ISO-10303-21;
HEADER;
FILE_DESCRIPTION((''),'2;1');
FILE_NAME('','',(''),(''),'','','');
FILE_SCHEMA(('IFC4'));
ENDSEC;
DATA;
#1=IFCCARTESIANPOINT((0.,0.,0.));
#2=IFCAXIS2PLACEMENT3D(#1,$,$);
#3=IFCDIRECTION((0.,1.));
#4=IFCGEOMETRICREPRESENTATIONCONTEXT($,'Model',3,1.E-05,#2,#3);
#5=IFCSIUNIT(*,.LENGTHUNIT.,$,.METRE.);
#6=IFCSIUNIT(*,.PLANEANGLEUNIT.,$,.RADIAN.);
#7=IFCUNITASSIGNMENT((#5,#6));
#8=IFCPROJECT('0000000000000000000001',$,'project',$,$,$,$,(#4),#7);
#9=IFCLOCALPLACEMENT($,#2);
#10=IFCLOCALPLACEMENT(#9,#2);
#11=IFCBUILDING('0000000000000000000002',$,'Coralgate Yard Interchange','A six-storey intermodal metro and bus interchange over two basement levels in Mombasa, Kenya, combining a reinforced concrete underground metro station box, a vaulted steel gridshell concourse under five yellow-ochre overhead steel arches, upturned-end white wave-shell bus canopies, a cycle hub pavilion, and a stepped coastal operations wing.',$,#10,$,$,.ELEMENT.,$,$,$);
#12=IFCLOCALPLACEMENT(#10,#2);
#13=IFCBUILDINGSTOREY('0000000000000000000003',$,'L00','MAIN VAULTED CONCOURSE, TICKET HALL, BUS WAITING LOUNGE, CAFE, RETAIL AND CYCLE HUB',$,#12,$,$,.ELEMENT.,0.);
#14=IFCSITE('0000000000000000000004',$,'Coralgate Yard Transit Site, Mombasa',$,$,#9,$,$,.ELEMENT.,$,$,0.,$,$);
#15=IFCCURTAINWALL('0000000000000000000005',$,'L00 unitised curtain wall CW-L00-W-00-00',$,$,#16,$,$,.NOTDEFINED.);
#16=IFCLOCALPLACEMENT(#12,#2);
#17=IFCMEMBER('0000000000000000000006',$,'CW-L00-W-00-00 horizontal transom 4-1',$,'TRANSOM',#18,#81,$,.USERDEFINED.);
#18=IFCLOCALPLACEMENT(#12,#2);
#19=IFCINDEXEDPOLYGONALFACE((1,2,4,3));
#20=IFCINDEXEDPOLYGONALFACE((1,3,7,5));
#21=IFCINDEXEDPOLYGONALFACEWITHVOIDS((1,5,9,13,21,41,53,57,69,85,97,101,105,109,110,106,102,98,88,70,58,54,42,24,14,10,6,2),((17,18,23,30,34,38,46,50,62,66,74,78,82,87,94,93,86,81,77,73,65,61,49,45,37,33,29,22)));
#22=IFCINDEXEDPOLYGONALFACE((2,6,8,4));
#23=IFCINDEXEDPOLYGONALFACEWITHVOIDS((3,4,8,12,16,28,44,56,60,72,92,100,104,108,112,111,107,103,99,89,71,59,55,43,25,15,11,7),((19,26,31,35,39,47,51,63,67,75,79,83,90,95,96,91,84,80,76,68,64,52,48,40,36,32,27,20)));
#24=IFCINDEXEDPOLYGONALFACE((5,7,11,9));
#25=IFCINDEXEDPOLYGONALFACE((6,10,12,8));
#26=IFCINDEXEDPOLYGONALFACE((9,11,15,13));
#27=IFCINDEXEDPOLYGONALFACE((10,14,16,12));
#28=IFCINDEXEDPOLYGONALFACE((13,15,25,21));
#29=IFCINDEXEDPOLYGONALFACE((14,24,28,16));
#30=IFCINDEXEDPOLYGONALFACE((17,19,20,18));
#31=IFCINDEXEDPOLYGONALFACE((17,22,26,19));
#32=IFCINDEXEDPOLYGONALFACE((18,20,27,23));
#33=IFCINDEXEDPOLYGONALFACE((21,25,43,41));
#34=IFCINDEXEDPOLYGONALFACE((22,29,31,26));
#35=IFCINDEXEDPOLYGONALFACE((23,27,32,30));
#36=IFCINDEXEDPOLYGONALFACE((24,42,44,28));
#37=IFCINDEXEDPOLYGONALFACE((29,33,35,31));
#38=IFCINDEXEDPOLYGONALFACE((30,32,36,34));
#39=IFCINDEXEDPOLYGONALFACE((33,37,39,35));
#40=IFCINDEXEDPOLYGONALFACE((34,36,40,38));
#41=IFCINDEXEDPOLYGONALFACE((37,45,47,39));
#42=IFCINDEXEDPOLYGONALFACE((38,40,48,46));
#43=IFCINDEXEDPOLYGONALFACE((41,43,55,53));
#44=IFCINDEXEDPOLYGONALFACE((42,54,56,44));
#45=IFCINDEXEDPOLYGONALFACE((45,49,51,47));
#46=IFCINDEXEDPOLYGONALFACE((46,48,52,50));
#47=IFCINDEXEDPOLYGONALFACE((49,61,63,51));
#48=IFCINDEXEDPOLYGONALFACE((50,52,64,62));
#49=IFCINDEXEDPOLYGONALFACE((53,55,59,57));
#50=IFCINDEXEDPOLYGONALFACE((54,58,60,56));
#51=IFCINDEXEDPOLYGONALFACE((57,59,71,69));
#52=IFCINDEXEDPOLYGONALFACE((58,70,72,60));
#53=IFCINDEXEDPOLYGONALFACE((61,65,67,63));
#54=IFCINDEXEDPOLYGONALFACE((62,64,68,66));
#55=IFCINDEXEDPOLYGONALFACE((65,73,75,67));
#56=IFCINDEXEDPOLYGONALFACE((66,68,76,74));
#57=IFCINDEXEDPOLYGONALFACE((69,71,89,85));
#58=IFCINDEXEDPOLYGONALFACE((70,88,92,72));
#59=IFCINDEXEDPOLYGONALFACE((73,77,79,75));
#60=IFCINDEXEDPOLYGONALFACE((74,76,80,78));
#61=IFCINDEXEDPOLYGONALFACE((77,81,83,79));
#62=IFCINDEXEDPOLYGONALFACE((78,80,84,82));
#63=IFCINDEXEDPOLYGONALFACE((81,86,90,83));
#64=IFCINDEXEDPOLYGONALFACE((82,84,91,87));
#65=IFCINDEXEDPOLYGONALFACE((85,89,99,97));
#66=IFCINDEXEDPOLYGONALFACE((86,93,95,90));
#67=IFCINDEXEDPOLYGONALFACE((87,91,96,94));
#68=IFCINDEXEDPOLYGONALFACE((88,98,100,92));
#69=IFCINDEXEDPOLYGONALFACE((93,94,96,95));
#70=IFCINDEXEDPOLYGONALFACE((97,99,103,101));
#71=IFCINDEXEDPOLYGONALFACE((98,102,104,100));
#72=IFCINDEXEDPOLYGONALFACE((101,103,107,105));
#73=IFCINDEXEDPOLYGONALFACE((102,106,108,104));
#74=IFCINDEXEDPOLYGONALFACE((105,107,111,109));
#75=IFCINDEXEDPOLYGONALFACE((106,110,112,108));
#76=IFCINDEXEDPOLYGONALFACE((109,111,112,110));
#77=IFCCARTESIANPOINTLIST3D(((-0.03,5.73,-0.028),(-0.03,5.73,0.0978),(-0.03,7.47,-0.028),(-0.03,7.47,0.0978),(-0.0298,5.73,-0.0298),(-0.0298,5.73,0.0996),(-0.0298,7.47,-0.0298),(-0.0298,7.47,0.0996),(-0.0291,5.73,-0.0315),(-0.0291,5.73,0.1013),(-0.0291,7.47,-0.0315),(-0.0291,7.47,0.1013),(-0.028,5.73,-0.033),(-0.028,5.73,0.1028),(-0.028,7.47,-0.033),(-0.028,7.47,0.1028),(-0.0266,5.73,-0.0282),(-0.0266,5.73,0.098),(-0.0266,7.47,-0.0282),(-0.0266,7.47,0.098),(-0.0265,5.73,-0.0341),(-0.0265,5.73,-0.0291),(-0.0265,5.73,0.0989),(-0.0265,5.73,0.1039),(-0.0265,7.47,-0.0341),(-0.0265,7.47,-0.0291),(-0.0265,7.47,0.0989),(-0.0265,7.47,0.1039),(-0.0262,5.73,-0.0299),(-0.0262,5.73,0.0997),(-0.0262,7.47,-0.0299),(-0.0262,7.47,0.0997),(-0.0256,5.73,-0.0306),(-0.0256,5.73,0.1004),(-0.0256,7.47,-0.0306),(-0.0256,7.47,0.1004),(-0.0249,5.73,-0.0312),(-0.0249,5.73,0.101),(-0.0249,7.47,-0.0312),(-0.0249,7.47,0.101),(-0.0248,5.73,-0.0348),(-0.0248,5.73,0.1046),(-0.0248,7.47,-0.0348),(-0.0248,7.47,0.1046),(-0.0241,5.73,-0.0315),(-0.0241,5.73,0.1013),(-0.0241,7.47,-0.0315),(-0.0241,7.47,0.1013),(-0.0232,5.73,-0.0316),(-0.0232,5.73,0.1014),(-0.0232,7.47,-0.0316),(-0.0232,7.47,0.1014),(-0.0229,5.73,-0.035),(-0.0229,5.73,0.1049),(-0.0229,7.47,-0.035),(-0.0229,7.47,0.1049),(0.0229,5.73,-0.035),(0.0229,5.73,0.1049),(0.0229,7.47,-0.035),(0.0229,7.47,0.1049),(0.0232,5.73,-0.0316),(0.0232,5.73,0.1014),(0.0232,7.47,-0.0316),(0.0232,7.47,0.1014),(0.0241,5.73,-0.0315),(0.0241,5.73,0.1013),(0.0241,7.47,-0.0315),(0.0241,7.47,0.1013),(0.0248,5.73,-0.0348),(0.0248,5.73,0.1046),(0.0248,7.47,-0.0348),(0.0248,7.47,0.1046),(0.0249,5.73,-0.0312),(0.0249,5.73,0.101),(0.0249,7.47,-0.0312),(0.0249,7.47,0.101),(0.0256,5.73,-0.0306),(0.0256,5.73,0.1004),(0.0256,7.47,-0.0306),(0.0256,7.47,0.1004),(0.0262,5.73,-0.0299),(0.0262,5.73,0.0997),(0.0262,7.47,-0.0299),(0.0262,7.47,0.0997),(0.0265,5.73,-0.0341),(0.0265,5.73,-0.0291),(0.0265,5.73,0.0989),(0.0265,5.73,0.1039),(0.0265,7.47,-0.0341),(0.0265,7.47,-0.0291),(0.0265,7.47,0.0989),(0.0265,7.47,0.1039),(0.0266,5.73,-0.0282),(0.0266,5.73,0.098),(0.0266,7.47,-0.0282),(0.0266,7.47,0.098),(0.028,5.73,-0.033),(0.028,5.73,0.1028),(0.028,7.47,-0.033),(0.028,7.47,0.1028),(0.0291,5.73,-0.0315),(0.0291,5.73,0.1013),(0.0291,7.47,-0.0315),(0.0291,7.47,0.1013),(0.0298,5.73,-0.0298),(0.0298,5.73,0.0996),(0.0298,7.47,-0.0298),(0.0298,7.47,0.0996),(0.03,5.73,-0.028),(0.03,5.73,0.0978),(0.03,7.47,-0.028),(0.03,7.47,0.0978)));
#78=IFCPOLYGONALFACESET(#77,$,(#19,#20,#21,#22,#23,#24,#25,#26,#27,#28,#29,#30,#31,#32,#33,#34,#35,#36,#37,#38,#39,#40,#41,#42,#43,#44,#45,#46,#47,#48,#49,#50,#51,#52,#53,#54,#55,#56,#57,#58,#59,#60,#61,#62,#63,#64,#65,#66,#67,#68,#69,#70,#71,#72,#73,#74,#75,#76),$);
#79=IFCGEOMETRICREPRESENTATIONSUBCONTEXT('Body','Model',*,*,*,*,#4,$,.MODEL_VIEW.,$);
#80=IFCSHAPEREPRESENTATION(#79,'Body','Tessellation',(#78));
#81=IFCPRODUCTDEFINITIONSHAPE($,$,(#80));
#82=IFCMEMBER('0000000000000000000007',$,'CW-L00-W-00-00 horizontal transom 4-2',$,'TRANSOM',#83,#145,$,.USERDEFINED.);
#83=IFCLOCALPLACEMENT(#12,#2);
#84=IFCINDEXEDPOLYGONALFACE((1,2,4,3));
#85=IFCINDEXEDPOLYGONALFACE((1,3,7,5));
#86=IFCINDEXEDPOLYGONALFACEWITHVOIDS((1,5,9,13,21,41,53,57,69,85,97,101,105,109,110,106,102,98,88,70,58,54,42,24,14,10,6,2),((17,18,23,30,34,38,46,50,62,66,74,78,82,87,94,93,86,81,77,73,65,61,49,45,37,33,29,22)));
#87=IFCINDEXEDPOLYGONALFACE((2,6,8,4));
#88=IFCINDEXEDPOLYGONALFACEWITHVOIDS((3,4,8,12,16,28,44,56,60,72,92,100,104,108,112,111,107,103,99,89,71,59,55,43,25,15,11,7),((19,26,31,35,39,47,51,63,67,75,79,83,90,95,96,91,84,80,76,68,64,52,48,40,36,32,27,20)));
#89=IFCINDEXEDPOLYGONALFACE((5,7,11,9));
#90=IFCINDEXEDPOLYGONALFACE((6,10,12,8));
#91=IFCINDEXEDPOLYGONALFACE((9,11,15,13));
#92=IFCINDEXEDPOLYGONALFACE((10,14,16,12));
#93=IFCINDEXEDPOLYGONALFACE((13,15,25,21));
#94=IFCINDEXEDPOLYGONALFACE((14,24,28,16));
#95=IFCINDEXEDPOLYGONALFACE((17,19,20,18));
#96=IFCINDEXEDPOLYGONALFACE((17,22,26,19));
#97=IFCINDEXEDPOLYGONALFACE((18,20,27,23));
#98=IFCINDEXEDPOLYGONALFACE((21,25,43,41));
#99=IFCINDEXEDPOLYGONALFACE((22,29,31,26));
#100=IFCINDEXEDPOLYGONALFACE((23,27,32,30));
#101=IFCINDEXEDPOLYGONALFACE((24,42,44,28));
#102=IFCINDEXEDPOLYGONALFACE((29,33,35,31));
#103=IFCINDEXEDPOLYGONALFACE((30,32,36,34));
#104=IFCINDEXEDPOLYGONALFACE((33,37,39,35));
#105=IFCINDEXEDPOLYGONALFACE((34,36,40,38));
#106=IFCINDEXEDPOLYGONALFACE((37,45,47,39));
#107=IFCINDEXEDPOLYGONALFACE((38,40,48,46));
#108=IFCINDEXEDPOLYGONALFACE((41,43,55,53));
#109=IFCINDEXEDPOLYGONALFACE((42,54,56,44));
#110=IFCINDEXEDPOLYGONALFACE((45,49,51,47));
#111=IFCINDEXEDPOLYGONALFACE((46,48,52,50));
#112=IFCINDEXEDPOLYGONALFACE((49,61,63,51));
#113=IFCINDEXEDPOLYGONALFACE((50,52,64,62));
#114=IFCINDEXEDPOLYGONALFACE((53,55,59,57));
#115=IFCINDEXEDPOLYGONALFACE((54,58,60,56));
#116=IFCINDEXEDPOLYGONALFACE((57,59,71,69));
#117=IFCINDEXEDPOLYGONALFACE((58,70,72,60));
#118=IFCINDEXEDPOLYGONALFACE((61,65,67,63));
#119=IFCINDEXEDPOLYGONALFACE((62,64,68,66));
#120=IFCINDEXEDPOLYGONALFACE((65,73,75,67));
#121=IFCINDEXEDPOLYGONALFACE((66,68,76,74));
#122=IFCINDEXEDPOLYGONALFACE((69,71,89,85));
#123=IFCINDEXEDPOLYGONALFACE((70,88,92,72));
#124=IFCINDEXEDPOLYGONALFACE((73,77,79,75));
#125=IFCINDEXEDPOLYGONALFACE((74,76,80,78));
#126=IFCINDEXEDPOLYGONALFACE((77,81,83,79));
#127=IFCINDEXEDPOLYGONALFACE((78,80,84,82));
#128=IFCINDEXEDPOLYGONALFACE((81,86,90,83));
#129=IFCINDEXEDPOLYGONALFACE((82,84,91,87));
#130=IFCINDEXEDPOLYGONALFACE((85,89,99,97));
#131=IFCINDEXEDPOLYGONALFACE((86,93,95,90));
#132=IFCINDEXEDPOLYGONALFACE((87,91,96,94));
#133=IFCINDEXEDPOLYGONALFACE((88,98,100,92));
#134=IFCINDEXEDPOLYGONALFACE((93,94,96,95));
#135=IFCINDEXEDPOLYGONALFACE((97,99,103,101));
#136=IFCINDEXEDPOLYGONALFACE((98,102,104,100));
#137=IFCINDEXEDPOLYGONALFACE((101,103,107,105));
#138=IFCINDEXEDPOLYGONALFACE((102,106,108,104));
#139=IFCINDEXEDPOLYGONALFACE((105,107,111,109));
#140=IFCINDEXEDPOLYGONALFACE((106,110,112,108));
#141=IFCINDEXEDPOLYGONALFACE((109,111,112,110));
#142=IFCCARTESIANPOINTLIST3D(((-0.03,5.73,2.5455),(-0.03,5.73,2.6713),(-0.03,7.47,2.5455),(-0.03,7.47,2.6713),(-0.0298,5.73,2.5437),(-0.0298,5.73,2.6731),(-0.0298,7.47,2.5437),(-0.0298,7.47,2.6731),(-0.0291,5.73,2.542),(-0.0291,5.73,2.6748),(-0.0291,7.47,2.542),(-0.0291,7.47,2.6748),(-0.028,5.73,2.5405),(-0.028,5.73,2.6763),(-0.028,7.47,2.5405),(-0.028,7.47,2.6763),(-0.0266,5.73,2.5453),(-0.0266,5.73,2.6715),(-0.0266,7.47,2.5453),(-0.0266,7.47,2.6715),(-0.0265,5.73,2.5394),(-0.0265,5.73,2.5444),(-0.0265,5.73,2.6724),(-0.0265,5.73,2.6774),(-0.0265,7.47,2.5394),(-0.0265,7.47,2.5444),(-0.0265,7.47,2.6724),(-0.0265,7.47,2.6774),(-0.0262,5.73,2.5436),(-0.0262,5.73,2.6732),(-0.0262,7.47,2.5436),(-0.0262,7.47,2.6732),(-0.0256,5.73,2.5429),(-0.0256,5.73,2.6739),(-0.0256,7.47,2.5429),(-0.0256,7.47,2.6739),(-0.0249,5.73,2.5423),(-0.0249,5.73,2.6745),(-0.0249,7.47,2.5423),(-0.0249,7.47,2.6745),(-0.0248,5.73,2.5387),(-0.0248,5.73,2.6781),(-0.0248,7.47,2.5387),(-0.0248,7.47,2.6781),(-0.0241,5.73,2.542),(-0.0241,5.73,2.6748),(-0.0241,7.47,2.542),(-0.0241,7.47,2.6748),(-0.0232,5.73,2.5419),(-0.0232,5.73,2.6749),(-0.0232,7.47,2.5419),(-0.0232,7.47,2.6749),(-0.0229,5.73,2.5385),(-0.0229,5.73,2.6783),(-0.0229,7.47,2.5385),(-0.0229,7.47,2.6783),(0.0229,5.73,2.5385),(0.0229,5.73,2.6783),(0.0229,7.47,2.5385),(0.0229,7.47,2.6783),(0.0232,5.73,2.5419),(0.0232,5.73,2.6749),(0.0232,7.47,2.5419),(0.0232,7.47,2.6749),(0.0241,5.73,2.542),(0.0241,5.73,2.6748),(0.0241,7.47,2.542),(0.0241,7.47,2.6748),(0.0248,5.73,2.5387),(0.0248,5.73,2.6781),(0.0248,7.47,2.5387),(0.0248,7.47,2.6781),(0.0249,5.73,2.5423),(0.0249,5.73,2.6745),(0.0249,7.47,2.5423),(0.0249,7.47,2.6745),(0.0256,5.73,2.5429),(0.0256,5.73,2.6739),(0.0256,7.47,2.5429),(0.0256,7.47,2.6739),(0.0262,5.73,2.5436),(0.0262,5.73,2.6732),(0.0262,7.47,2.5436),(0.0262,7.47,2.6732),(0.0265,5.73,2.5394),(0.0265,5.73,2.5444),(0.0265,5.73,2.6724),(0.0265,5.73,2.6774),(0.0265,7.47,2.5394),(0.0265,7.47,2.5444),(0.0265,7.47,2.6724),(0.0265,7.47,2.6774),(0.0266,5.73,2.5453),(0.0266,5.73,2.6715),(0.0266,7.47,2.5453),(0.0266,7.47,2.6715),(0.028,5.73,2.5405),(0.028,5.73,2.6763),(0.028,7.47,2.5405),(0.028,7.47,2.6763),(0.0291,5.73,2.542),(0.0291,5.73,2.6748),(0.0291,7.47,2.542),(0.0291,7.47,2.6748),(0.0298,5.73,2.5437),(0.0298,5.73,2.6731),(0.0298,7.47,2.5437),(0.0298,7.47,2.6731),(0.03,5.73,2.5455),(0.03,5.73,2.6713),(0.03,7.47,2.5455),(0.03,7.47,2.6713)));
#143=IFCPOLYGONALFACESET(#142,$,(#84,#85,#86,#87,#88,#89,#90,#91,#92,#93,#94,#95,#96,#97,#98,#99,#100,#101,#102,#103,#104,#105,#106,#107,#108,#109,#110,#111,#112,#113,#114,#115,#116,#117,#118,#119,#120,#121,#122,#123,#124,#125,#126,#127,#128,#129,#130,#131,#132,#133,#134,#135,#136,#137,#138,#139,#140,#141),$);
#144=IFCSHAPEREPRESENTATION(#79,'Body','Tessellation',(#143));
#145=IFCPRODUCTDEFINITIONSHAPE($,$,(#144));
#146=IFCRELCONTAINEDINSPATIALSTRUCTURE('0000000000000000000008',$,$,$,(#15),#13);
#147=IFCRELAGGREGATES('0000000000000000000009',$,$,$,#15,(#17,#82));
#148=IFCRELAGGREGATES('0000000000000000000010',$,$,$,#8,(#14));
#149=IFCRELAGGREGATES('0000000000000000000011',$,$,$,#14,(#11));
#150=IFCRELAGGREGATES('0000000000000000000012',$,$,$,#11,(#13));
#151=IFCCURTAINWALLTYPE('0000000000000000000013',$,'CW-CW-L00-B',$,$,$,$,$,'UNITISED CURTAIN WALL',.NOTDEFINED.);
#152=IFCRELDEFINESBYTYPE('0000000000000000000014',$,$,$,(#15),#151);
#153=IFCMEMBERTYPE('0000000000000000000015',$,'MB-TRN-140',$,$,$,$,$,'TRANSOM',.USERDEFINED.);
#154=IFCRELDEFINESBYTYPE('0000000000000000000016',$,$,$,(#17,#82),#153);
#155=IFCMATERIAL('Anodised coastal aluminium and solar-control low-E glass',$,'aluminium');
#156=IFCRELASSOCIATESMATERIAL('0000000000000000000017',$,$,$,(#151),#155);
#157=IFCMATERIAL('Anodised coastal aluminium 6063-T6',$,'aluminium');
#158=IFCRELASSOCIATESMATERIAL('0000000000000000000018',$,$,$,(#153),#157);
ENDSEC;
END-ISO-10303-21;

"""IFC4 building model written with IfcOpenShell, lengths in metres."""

from ifc_helpers import new_model, si_unit, direction, frame, origin, origin_2d, place, context, subcontext, project, spatial, hollow_rectangle, extrude, material, material_profile, profile_set, type_object, element, aggregate, save


model = new_model("IFC4")

# Units and contexts
model_context = context("Model", 3, precision=1e-05, world=origin(), true_north=direction((0.0, 1.0)))
body_context = subcontext(model_context, "Body", "Model", "MODEL_VIEW")
ifc_project = project(units=[si_unit("LENGTHUNIT", "METRE"), si_unit("PLANEANGLEUNIT", "RADIAN")], contexts=[model_context])

# Site, building, storey
site_placement = place(None, origin())
site = spatial("IfcSite", under=ifc_project, at=site_placement, Name="Coralgate Yard Transit Site, Mombasa", CompositionType="ELEMENT", RefElevation=0.0)
building_placement = place(site_placement, origin())
building = spatial("IfcBuilding", under=site, at=building_placement, Name="Coralgate Yard Interchange", Description="A six-storey intermodal metro and bus interchange over two basement levels in Mombasa, Kenya, combining a reinforced concrete underground metro station box, a vaulted steel gridshell concourse under five yellow-ochre overhead steel arches, upturned-end white wave-shell bus canopies, a cycle hub pavilion, and a stepped coastal operations wing.", CompositionType="ELEMENT")
storey_placement = place(building_placement, origin())
storey = spatial("IfcBuildingStorey", under=building, at=storey_placement, Name="L00", Description="MAIN VAULTED CONCOURSE, TICKET HALL, BUS WAITING LOUNGE, CAFE, RETAIL AND CYCLE HUB", CompositionType="ELEMENT", Elevation=0.0)

# Curtain wall, members
ifc_material_1 = material(Name="Anodised coastal aluminium and solar-control low-E glass", Category="aluminium")
curtain_wall_type = type_object("IfcCurtainWallType", Name="CW-CW-L00-B", ElementType="UNITISED CURTAIN WALL", PredefinedType="NOTDEFINED", material=ifc_material_1)
curtain_wall_placement = place(storey_placement, origin())
curtain_wall = element("IfcCurtainWall", 1, at=curtain_wall_placement, inside=storey, type_object=curtain_wall_type, Name="L00 unitised curtain wall CW-L00-W-00-00", PredefinedType="NOTDEFINED")
ifc_material_2 = material(Name="Anodised coastal aluminium 6063-T6", Category="aluminium")
ifc_material_profile_1 = material_profile(ifc_material_2, hollow_rectangle(XDim=0.0601, YDim=0.1399, WallThickness=0.0034, InnerFilletRadius=0.0034, OuterFilletRadius=0.0071, at=origin_2d()), Name="ALU 60x140x3.5")
ifc_profile_set_1 = profile_set([ifc_material_profile_1], Name="Anodised coastal aluminium 6063-T6")
member_type_1 = type_object("IfcMemberType", Name="MB-TRN-140", ElementType="TRANSOM", PredefinedType="USERDEFINED", material=ifc_profile_set_1)
member_1_placement = place(storey_placement, frame((0.0, 5.73, 0.0349), z_axis=(0.0, 1.0, 0.0), x_axis=(-1.0, 0.0, 0.0)))
member_1 = element("IfcMember", 2, at=member_1_placement, type_object=member_type_1, Name="CW-L00-W-00-00 horizontal transom 4-1", ObjectType="TRANSOM", PredefinedType="USERDEFINED", context=body_context, shape_type="SweptSolid", body=[
    extrude(hollow_rectangle(XDim=0.0601, YDim=0.1399, WallThickness=0.0034, InnerFilletRadius=0.0034, OuterFilletRadius=0.0071, at=origin_2d()), origin(), (0.0, 0.0, 1.0), 1.74),
])
member_2_placement = place(storey_placement, frame((0.0, 5.73, 2.6084), z_axis=(0.0, 1.0, 0.0), x_axis=(-1.0, 0.0, 0.0)))
member_2 = element("IfcMember", 3, at=member_2_placement, type_object=member_type_1, Name="CW-L00-W-00-00 horizontal transom 4-2", ObjectType="TRANSOM", PredefinedType="USERDEFINED", context=body_context, shape_type="SweptSolid", body=[
    extrude(hollow_rectangle(XDim=0.0601, YDim=0.1399, WallThickness=0.0034, InnerFilletRadius=0.0034, OuterFilletRadius=0.0071, at=origin_2d()), origin(), (0.0, 0.0, 1.0), 1.74),
])
aggregate(curtain_wall, [member_1, member_2])

save(model, "model.ifc")
